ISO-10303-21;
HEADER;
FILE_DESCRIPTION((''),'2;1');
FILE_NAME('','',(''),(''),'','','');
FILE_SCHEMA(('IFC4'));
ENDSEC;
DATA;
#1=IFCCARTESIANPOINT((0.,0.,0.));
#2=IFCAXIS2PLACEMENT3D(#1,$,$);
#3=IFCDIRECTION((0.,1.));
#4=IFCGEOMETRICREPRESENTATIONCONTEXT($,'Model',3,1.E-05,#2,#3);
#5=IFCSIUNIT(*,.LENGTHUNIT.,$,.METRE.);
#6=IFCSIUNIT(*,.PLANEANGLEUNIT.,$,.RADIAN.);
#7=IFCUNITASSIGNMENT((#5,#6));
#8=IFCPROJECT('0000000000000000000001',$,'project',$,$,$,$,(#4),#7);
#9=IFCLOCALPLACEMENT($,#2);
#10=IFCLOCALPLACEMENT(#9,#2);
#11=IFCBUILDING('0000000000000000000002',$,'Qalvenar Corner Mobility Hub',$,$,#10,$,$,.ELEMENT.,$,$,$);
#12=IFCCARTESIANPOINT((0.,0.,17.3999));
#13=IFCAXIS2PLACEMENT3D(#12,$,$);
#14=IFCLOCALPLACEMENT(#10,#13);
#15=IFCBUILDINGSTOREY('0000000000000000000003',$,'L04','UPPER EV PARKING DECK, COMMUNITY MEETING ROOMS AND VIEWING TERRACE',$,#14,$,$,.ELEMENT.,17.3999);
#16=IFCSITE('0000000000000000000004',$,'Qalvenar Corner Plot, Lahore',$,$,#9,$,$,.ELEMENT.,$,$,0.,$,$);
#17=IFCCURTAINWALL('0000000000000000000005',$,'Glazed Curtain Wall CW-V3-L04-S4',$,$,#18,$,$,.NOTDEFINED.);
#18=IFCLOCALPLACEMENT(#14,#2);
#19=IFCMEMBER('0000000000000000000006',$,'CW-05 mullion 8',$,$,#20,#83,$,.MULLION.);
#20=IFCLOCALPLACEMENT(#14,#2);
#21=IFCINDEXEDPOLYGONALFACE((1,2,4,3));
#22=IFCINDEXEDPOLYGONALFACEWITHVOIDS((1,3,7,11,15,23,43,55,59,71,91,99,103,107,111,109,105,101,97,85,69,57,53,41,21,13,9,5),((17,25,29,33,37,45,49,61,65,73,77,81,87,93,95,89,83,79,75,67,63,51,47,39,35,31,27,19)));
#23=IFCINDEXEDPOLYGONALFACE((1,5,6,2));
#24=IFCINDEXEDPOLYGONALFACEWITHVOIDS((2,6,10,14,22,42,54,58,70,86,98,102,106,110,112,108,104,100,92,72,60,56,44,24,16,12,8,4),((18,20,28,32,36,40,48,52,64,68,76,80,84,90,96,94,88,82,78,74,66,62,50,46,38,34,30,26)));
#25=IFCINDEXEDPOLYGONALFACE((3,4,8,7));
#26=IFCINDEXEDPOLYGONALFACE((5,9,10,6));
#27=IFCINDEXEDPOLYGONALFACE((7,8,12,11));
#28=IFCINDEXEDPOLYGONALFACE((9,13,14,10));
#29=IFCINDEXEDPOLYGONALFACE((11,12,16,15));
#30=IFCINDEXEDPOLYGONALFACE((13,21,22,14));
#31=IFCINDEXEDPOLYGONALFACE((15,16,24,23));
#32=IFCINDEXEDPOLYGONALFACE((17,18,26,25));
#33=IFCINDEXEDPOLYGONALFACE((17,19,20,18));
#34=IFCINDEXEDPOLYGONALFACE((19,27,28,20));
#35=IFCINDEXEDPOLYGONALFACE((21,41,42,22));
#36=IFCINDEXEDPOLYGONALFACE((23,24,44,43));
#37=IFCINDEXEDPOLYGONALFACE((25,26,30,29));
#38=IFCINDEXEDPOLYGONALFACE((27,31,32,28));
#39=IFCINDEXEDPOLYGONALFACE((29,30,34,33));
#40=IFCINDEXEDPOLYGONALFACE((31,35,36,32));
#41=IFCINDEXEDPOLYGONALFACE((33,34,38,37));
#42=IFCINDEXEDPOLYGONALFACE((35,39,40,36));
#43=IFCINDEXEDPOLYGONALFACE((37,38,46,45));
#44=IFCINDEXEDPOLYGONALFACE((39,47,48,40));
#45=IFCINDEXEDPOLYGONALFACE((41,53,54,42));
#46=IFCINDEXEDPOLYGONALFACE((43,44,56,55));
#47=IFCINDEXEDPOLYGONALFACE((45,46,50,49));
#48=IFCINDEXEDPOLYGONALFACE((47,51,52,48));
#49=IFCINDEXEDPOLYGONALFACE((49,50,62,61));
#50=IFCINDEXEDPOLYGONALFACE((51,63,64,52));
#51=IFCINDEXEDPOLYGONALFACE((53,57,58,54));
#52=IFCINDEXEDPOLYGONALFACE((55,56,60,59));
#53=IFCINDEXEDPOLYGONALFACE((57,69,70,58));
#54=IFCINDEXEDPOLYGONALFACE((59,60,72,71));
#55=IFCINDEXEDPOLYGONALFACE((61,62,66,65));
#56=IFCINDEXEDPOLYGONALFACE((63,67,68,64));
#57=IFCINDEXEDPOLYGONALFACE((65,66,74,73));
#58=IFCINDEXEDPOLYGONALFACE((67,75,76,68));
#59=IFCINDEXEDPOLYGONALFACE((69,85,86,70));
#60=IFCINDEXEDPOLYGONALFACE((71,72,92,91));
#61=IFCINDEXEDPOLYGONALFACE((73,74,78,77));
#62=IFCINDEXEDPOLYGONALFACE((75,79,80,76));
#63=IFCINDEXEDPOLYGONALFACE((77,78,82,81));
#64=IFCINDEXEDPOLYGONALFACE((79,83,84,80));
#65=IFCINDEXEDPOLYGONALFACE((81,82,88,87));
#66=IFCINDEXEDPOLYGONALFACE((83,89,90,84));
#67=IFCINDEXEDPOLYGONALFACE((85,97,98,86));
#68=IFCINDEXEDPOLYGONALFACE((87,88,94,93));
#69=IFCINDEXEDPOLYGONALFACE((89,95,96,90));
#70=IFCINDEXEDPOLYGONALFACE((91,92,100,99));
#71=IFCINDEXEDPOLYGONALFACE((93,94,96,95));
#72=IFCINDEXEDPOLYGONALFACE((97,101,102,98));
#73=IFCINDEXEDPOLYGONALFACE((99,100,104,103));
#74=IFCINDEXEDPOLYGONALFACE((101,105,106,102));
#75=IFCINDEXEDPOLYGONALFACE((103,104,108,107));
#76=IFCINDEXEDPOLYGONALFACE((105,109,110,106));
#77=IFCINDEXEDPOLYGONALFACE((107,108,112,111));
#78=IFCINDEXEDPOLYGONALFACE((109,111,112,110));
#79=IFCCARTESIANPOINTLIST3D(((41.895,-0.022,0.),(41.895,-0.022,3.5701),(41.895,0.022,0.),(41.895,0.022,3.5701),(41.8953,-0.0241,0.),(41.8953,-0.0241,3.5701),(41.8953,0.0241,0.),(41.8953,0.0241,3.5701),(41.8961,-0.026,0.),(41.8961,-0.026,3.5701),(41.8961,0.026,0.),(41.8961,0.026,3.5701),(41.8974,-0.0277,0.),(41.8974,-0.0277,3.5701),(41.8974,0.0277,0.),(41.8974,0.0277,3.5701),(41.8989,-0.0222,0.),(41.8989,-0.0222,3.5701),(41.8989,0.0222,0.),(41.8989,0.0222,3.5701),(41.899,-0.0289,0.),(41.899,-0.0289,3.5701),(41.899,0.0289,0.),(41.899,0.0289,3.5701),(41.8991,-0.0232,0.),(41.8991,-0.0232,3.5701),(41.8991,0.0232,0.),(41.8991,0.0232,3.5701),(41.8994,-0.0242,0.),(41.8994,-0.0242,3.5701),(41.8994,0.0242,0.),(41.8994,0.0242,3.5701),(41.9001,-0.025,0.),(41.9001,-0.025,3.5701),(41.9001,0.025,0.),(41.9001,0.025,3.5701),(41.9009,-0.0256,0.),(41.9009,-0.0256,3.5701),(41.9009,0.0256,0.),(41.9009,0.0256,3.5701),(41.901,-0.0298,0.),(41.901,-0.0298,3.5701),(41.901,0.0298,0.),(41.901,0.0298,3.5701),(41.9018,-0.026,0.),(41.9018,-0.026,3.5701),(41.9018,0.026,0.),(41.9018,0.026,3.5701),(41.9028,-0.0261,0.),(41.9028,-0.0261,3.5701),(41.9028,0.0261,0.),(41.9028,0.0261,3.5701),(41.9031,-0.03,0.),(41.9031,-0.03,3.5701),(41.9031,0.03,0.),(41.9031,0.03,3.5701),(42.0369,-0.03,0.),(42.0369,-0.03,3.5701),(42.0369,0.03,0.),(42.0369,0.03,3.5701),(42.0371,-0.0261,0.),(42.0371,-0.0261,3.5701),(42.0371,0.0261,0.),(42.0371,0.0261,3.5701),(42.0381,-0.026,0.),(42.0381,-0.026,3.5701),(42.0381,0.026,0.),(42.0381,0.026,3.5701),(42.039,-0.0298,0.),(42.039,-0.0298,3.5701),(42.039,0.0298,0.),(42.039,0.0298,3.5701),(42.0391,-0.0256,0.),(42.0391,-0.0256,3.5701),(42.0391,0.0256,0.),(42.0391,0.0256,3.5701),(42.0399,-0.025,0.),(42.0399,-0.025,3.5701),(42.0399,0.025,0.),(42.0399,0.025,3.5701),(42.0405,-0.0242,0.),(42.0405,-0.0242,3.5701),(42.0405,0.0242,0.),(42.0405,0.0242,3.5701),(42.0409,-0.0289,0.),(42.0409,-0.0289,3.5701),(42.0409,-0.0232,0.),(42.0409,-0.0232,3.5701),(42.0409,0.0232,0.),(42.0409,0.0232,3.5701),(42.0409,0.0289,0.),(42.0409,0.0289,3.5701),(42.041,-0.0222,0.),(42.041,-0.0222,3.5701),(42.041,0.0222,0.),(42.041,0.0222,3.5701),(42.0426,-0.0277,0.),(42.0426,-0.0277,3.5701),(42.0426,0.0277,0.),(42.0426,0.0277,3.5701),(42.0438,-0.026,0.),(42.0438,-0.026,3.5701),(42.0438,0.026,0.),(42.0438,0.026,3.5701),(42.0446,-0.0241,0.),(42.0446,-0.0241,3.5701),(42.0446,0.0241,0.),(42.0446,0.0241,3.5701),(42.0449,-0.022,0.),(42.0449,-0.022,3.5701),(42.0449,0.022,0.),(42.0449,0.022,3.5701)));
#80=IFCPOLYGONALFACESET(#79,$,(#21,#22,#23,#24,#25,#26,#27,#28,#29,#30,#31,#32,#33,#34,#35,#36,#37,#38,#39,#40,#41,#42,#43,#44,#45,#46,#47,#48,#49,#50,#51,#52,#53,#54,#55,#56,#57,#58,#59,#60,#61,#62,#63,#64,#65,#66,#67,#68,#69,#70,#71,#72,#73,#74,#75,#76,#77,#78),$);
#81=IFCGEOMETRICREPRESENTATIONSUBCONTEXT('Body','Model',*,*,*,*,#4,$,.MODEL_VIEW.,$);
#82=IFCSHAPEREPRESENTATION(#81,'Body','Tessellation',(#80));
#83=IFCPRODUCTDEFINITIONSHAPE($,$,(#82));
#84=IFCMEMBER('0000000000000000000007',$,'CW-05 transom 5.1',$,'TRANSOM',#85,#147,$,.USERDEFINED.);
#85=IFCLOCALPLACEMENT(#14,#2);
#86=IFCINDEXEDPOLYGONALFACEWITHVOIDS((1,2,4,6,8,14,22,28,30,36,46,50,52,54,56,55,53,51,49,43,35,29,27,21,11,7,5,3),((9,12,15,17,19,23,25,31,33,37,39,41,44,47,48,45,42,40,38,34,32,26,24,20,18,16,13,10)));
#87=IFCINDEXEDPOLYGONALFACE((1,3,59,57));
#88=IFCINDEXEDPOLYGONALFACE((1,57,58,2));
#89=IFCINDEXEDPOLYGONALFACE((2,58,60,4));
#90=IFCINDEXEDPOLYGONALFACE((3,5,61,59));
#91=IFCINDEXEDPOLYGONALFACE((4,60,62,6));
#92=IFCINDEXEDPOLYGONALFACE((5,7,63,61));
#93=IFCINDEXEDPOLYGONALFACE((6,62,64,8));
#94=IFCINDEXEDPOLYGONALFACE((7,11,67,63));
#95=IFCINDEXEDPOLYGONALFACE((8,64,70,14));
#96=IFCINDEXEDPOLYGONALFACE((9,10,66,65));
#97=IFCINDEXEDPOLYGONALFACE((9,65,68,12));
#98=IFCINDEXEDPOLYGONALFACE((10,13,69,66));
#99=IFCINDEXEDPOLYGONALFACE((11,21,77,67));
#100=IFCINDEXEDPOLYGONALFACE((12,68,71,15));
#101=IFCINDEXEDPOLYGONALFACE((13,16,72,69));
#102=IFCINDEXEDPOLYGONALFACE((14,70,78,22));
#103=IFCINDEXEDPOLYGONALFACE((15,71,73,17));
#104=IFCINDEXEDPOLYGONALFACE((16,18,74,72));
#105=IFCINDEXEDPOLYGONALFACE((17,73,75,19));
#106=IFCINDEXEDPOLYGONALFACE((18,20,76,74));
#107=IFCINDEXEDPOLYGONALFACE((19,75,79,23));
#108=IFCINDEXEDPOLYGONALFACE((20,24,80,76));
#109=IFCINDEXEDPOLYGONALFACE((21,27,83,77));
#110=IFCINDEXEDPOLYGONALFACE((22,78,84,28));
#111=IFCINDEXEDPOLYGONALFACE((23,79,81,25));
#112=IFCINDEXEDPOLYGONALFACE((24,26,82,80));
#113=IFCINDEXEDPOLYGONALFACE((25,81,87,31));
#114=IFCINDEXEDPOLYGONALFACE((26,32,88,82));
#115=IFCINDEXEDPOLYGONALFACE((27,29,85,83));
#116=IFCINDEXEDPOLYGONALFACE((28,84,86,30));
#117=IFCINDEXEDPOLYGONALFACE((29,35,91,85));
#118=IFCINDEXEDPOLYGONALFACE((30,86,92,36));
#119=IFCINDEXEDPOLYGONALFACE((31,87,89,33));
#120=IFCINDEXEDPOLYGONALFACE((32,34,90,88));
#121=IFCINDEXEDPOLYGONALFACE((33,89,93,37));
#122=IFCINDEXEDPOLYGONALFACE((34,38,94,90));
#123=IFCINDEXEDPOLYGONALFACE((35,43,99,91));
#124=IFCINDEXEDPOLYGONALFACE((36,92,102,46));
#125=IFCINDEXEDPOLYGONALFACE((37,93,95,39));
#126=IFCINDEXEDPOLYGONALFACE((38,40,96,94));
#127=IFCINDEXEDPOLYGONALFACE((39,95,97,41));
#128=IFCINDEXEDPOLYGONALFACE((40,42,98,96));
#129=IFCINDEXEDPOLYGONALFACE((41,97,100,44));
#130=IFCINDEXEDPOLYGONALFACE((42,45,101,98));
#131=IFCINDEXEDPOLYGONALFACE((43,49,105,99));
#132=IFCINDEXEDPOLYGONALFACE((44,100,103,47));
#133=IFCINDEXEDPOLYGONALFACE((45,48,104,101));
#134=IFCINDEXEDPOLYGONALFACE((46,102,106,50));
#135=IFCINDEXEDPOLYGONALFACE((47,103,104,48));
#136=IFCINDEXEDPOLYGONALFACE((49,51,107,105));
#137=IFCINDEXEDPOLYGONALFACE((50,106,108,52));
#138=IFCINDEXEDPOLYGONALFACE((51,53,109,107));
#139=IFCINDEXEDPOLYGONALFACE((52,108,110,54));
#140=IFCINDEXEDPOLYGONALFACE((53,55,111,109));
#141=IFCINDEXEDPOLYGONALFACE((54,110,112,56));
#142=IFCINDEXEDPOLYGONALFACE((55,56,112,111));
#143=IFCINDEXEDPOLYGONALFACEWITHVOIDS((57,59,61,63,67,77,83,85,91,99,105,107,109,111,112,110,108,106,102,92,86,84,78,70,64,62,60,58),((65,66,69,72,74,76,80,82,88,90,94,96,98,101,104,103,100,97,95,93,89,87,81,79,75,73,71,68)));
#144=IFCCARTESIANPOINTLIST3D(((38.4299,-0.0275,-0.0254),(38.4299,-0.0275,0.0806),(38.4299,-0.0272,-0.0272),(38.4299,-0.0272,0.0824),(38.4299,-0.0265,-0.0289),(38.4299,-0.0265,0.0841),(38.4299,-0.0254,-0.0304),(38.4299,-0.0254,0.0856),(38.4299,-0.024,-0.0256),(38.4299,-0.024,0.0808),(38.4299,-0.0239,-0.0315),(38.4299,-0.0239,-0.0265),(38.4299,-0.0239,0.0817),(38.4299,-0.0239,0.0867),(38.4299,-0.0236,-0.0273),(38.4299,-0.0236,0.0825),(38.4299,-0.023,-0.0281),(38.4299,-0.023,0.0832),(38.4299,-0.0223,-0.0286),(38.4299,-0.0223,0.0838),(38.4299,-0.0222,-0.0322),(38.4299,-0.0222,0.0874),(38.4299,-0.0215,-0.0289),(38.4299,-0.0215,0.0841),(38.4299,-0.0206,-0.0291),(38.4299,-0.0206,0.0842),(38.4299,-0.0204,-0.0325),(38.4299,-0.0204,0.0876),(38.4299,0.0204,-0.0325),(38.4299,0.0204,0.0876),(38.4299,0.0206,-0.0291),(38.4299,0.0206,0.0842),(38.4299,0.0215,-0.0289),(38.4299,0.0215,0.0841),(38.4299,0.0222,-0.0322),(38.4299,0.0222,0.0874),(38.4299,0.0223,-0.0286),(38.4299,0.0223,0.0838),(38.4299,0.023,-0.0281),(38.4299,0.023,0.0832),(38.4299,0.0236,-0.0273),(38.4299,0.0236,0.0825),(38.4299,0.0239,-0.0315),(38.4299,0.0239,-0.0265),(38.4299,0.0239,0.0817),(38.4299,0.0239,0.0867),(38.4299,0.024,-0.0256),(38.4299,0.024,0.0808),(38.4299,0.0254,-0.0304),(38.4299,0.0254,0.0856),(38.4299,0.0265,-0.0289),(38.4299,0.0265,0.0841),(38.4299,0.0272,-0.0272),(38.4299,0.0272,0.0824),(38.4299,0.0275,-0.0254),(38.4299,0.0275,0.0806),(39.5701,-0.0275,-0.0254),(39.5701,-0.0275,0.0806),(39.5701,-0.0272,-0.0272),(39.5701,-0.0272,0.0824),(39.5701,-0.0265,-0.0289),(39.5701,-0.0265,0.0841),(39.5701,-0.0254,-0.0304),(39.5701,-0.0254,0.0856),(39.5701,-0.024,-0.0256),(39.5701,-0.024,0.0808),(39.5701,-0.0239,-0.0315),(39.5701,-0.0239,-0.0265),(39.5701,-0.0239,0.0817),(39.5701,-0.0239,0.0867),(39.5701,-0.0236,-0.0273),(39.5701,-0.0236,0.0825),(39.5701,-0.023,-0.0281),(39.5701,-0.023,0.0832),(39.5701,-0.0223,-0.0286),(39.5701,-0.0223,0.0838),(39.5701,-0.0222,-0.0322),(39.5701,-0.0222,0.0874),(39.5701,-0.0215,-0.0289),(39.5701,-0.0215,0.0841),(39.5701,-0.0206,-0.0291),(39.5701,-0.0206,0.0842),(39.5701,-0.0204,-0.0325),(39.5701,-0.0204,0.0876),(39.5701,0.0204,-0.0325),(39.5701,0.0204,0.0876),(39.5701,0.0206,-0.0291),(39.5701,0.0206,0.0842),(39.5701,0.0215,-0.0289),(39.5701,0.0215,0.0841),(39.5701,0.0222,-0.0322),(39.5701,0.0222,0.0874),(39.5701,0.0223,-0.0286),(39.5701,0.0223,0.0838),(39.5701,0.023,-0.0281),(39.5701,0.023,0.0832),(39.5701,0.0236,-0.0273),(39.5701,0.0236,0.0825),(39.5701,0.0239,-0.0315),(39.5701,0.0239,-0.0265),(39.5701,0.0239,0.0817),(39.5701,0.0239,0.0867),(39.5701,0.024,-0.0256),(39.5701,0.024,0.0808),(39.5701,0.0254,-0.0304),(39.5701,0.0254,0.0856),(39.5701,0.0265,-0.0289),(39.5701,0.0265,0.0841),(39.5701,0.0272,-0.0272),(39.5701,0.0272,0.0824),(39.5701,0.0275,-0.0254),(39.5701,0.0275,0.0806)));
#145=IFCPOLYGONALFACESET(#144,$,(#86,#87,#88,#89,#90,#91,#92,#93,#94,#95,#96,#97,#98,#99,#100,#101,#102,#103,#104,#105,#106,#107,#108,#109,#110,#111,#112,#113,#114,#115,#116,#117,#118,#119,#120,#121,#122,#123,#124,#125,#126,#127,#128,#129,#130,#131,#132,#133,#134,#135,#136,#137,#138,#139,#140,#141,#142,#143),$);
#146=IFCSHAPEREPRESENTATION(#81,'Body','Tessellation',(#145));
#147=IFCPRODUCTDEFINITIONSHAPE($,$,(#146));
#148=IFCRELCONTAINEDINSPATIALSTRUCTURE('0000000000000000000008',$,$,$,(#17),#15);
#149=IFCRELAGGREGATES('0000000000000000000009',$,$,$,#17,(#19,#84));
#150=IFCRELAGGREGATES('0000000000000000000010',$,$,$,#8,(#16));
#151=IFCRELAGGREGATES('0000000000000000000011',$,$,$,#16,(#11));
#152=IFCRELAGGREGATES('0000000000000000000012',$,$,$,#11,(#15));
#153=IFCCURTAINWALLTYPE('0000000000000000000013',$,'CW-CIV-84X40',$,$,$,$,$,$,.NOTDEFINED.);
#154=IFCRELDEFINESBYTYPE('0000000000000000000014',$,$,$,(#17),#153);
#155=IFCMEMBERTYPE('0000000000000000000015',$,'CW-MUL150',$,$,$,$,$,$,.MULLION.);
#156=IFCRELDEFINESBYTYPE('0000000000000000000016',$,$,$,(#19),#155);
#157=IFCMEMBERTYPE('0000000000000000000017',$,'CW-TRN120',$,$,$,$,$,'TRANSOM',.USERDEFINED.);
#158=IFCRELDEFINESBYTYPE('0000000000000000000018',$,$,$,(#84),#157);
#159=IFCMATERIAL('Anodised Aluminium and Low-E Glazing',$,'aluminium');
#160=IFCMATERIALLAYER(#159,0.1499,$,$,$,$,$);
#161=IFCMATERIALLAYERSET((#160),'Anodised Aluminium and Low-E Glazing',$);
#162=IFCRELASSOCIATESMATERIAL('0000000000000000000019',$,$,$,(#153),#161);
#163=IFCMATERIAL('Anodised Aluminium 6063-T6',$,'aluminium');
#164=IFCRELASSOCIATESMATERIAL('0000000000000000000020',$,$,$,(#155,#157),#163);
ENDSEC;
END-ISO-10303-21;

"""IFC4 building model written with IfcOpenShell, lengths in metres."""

from ifc_helpers import new_model, si_unit, direction, frame, origin, origin_2d, place, context, subcontext, project, spatial, hollow_rectangle, extrude, material, layer, layer_set, material_profile, profile_set, type_object, element, aggregate, save


model = new_model("IFC4")

# Units and contexts
model_context = context("Model", 3, precision=1e-05, world=origin(), true_north=direction((0.0, 1.0)))
body_context = subcontext(model_context, "Body", "Model", "MODEL_VIEW")
ifc_project = project(units=[si_unit("LENGTHUNIT", "METRE"), si_unit("PLANEANGLEUNIT", "RADIAN")], contexts=[model_context])

# Site, building, storey
site_placement = place(None, origin())
site = spatial("IfcSite", under=ifc_project, at=site_placement, Name="Qalvenar Corner Plot, Lahore", CompositionType="ELEMENT", RefElevation=0.0)
building_placement = place(site_placement, origin())
building = spatial("IfcBuilding", under=site, at=building_placement, Name="Qalvenar Corner Mobility Hub", CompositionType="ELEMENT")
storey_placement = place(building_placement, frame((0.0, 0.0, 17.3999)))
storey = spatial("IfcBuildingStorey", under=building, at=storey_placement, Name="L04", Description="UPPER EV PARKING DECK, COMMUNITY MEETING ROOMS AND VIEWING TERRACE", CompositionType="ELEMENT", Elevation=17.3999)

# Curtain wall, members
ifc_material_1 = material(Name="Anodised Aluminium and Low-E Glazing", Category="aluminium")
ifc_layer_1 = layer(ifc_material_1, 0.1499)
ifc_layer_set_1 = layer_set([ifc_layer_1], Name="Anodised Aluminium and Low-E Glazing")
curtain_wall_type = type_object("IfcCurtainWallType", Name="CW-CIV-84X40", PredefinedType="NOTDEFINED", material=ifc_layer_set_1)
curtain_wall_placement = place(storey_placement, origin())
curtain_wall = element("IfcCurtainWall", 1, at=curtain_wall_placement, inside=storey, type_object=curtain_wall_type, Name="Glazed Curtain Wall CW-V3-L04-S4", PredefinedType="NOTDEFINED")
ifc_material_2 = material(Name="Anodised Aluminium 6063-T6", Category="aluminium")
ifc_material_profile_1 = material_profile(ifc_material_2, hollow_rectangle(XDim=0.0601, YDim=0.1499, WallThickness=0.0039, InnerFilletRadius=0.0039, OuterFilletRadius=0.0081, at=origin_2d()), Name="RHS150x60x4")
ifc_profile_set_1 = profile_set([ifc_material_profile_1], Name="Anodised Aluminium 6063-T6")
member_type_1 = type_object("IfcMemberType", Name="CW-MUL150", PredefinedType="MULLION", material=ifc_profile_set_1)
member_1_placement = place(storey_placement, frame((41.97, 0.0, 0.0), z_axis=(0.0, 0.0, 1.0), x_axis=(0.0, 1.0, 0.0)))
member_1 = element("IfcMember", 2, at=member_1_placement, type_object=member_type_1, Name="CW-05 mullion 8", PredefinedType="MULLION", context=body_context, shape_type="SweptSolid", body=[
    extrude(hollow_rectangle(XDim=0.0601, YDim=0.1499, WallThickness=0.0039, InnerFilletRadius=0.0039, OuterFilletRadius=0.0081, at=origin_2d()), origin(), (0.0, 0.0, 1.0), 3.5701),
])
ifc_material_profile_2 = material_profile(ifc_material_2, hollow_rectangle(XDim=0.0549, YDim=0.1201, WallThickness=0.0034, InnerFilletRadius=0.0034, OuterFilletRadius=0.0071, at=origin_2d()), Name="RHS120x55x3.5")
ifc_profile_set_2 = profile_set([ifc_material_profile_2], Name="Anodised Aluminium 6063-T6")
member_type_2 = type_object("IfcMemberType", Name="CW-TRN120", ElementType="TRANSOM", PredefinedType="USERDEFINED", material=ifc_profile_set_2)
member_2_placement = place(storey_placement, frame((38.4299, 0.0, 0.0276), z_axis=(1.0, 0.0, 0.0), x_axis=(0.0, 1.0, 0.0)))
member_2 = element("IfcMember", 3, at=member_2_placement, type_object=member_type_2, Name="CW-05 transom 5.1", ObjectType="TRANSOM", PredefinedType="USERDEFINED", context=body_context, shape_type="SweptSolid", body=[
    extrude(hollow_rectangle(XDim=0.0549, YDim=0.1201, WallThickness=0.0034, InnerFilletRadius=0.0034, OuterFilletRadius=0.0071, at=origin_2d()), origin(), (0.0, 0.0, 1.0), 1.1401),
])
aggregate(curtain_wall, [member_1, member_2])

save(model, "model.ifc")
